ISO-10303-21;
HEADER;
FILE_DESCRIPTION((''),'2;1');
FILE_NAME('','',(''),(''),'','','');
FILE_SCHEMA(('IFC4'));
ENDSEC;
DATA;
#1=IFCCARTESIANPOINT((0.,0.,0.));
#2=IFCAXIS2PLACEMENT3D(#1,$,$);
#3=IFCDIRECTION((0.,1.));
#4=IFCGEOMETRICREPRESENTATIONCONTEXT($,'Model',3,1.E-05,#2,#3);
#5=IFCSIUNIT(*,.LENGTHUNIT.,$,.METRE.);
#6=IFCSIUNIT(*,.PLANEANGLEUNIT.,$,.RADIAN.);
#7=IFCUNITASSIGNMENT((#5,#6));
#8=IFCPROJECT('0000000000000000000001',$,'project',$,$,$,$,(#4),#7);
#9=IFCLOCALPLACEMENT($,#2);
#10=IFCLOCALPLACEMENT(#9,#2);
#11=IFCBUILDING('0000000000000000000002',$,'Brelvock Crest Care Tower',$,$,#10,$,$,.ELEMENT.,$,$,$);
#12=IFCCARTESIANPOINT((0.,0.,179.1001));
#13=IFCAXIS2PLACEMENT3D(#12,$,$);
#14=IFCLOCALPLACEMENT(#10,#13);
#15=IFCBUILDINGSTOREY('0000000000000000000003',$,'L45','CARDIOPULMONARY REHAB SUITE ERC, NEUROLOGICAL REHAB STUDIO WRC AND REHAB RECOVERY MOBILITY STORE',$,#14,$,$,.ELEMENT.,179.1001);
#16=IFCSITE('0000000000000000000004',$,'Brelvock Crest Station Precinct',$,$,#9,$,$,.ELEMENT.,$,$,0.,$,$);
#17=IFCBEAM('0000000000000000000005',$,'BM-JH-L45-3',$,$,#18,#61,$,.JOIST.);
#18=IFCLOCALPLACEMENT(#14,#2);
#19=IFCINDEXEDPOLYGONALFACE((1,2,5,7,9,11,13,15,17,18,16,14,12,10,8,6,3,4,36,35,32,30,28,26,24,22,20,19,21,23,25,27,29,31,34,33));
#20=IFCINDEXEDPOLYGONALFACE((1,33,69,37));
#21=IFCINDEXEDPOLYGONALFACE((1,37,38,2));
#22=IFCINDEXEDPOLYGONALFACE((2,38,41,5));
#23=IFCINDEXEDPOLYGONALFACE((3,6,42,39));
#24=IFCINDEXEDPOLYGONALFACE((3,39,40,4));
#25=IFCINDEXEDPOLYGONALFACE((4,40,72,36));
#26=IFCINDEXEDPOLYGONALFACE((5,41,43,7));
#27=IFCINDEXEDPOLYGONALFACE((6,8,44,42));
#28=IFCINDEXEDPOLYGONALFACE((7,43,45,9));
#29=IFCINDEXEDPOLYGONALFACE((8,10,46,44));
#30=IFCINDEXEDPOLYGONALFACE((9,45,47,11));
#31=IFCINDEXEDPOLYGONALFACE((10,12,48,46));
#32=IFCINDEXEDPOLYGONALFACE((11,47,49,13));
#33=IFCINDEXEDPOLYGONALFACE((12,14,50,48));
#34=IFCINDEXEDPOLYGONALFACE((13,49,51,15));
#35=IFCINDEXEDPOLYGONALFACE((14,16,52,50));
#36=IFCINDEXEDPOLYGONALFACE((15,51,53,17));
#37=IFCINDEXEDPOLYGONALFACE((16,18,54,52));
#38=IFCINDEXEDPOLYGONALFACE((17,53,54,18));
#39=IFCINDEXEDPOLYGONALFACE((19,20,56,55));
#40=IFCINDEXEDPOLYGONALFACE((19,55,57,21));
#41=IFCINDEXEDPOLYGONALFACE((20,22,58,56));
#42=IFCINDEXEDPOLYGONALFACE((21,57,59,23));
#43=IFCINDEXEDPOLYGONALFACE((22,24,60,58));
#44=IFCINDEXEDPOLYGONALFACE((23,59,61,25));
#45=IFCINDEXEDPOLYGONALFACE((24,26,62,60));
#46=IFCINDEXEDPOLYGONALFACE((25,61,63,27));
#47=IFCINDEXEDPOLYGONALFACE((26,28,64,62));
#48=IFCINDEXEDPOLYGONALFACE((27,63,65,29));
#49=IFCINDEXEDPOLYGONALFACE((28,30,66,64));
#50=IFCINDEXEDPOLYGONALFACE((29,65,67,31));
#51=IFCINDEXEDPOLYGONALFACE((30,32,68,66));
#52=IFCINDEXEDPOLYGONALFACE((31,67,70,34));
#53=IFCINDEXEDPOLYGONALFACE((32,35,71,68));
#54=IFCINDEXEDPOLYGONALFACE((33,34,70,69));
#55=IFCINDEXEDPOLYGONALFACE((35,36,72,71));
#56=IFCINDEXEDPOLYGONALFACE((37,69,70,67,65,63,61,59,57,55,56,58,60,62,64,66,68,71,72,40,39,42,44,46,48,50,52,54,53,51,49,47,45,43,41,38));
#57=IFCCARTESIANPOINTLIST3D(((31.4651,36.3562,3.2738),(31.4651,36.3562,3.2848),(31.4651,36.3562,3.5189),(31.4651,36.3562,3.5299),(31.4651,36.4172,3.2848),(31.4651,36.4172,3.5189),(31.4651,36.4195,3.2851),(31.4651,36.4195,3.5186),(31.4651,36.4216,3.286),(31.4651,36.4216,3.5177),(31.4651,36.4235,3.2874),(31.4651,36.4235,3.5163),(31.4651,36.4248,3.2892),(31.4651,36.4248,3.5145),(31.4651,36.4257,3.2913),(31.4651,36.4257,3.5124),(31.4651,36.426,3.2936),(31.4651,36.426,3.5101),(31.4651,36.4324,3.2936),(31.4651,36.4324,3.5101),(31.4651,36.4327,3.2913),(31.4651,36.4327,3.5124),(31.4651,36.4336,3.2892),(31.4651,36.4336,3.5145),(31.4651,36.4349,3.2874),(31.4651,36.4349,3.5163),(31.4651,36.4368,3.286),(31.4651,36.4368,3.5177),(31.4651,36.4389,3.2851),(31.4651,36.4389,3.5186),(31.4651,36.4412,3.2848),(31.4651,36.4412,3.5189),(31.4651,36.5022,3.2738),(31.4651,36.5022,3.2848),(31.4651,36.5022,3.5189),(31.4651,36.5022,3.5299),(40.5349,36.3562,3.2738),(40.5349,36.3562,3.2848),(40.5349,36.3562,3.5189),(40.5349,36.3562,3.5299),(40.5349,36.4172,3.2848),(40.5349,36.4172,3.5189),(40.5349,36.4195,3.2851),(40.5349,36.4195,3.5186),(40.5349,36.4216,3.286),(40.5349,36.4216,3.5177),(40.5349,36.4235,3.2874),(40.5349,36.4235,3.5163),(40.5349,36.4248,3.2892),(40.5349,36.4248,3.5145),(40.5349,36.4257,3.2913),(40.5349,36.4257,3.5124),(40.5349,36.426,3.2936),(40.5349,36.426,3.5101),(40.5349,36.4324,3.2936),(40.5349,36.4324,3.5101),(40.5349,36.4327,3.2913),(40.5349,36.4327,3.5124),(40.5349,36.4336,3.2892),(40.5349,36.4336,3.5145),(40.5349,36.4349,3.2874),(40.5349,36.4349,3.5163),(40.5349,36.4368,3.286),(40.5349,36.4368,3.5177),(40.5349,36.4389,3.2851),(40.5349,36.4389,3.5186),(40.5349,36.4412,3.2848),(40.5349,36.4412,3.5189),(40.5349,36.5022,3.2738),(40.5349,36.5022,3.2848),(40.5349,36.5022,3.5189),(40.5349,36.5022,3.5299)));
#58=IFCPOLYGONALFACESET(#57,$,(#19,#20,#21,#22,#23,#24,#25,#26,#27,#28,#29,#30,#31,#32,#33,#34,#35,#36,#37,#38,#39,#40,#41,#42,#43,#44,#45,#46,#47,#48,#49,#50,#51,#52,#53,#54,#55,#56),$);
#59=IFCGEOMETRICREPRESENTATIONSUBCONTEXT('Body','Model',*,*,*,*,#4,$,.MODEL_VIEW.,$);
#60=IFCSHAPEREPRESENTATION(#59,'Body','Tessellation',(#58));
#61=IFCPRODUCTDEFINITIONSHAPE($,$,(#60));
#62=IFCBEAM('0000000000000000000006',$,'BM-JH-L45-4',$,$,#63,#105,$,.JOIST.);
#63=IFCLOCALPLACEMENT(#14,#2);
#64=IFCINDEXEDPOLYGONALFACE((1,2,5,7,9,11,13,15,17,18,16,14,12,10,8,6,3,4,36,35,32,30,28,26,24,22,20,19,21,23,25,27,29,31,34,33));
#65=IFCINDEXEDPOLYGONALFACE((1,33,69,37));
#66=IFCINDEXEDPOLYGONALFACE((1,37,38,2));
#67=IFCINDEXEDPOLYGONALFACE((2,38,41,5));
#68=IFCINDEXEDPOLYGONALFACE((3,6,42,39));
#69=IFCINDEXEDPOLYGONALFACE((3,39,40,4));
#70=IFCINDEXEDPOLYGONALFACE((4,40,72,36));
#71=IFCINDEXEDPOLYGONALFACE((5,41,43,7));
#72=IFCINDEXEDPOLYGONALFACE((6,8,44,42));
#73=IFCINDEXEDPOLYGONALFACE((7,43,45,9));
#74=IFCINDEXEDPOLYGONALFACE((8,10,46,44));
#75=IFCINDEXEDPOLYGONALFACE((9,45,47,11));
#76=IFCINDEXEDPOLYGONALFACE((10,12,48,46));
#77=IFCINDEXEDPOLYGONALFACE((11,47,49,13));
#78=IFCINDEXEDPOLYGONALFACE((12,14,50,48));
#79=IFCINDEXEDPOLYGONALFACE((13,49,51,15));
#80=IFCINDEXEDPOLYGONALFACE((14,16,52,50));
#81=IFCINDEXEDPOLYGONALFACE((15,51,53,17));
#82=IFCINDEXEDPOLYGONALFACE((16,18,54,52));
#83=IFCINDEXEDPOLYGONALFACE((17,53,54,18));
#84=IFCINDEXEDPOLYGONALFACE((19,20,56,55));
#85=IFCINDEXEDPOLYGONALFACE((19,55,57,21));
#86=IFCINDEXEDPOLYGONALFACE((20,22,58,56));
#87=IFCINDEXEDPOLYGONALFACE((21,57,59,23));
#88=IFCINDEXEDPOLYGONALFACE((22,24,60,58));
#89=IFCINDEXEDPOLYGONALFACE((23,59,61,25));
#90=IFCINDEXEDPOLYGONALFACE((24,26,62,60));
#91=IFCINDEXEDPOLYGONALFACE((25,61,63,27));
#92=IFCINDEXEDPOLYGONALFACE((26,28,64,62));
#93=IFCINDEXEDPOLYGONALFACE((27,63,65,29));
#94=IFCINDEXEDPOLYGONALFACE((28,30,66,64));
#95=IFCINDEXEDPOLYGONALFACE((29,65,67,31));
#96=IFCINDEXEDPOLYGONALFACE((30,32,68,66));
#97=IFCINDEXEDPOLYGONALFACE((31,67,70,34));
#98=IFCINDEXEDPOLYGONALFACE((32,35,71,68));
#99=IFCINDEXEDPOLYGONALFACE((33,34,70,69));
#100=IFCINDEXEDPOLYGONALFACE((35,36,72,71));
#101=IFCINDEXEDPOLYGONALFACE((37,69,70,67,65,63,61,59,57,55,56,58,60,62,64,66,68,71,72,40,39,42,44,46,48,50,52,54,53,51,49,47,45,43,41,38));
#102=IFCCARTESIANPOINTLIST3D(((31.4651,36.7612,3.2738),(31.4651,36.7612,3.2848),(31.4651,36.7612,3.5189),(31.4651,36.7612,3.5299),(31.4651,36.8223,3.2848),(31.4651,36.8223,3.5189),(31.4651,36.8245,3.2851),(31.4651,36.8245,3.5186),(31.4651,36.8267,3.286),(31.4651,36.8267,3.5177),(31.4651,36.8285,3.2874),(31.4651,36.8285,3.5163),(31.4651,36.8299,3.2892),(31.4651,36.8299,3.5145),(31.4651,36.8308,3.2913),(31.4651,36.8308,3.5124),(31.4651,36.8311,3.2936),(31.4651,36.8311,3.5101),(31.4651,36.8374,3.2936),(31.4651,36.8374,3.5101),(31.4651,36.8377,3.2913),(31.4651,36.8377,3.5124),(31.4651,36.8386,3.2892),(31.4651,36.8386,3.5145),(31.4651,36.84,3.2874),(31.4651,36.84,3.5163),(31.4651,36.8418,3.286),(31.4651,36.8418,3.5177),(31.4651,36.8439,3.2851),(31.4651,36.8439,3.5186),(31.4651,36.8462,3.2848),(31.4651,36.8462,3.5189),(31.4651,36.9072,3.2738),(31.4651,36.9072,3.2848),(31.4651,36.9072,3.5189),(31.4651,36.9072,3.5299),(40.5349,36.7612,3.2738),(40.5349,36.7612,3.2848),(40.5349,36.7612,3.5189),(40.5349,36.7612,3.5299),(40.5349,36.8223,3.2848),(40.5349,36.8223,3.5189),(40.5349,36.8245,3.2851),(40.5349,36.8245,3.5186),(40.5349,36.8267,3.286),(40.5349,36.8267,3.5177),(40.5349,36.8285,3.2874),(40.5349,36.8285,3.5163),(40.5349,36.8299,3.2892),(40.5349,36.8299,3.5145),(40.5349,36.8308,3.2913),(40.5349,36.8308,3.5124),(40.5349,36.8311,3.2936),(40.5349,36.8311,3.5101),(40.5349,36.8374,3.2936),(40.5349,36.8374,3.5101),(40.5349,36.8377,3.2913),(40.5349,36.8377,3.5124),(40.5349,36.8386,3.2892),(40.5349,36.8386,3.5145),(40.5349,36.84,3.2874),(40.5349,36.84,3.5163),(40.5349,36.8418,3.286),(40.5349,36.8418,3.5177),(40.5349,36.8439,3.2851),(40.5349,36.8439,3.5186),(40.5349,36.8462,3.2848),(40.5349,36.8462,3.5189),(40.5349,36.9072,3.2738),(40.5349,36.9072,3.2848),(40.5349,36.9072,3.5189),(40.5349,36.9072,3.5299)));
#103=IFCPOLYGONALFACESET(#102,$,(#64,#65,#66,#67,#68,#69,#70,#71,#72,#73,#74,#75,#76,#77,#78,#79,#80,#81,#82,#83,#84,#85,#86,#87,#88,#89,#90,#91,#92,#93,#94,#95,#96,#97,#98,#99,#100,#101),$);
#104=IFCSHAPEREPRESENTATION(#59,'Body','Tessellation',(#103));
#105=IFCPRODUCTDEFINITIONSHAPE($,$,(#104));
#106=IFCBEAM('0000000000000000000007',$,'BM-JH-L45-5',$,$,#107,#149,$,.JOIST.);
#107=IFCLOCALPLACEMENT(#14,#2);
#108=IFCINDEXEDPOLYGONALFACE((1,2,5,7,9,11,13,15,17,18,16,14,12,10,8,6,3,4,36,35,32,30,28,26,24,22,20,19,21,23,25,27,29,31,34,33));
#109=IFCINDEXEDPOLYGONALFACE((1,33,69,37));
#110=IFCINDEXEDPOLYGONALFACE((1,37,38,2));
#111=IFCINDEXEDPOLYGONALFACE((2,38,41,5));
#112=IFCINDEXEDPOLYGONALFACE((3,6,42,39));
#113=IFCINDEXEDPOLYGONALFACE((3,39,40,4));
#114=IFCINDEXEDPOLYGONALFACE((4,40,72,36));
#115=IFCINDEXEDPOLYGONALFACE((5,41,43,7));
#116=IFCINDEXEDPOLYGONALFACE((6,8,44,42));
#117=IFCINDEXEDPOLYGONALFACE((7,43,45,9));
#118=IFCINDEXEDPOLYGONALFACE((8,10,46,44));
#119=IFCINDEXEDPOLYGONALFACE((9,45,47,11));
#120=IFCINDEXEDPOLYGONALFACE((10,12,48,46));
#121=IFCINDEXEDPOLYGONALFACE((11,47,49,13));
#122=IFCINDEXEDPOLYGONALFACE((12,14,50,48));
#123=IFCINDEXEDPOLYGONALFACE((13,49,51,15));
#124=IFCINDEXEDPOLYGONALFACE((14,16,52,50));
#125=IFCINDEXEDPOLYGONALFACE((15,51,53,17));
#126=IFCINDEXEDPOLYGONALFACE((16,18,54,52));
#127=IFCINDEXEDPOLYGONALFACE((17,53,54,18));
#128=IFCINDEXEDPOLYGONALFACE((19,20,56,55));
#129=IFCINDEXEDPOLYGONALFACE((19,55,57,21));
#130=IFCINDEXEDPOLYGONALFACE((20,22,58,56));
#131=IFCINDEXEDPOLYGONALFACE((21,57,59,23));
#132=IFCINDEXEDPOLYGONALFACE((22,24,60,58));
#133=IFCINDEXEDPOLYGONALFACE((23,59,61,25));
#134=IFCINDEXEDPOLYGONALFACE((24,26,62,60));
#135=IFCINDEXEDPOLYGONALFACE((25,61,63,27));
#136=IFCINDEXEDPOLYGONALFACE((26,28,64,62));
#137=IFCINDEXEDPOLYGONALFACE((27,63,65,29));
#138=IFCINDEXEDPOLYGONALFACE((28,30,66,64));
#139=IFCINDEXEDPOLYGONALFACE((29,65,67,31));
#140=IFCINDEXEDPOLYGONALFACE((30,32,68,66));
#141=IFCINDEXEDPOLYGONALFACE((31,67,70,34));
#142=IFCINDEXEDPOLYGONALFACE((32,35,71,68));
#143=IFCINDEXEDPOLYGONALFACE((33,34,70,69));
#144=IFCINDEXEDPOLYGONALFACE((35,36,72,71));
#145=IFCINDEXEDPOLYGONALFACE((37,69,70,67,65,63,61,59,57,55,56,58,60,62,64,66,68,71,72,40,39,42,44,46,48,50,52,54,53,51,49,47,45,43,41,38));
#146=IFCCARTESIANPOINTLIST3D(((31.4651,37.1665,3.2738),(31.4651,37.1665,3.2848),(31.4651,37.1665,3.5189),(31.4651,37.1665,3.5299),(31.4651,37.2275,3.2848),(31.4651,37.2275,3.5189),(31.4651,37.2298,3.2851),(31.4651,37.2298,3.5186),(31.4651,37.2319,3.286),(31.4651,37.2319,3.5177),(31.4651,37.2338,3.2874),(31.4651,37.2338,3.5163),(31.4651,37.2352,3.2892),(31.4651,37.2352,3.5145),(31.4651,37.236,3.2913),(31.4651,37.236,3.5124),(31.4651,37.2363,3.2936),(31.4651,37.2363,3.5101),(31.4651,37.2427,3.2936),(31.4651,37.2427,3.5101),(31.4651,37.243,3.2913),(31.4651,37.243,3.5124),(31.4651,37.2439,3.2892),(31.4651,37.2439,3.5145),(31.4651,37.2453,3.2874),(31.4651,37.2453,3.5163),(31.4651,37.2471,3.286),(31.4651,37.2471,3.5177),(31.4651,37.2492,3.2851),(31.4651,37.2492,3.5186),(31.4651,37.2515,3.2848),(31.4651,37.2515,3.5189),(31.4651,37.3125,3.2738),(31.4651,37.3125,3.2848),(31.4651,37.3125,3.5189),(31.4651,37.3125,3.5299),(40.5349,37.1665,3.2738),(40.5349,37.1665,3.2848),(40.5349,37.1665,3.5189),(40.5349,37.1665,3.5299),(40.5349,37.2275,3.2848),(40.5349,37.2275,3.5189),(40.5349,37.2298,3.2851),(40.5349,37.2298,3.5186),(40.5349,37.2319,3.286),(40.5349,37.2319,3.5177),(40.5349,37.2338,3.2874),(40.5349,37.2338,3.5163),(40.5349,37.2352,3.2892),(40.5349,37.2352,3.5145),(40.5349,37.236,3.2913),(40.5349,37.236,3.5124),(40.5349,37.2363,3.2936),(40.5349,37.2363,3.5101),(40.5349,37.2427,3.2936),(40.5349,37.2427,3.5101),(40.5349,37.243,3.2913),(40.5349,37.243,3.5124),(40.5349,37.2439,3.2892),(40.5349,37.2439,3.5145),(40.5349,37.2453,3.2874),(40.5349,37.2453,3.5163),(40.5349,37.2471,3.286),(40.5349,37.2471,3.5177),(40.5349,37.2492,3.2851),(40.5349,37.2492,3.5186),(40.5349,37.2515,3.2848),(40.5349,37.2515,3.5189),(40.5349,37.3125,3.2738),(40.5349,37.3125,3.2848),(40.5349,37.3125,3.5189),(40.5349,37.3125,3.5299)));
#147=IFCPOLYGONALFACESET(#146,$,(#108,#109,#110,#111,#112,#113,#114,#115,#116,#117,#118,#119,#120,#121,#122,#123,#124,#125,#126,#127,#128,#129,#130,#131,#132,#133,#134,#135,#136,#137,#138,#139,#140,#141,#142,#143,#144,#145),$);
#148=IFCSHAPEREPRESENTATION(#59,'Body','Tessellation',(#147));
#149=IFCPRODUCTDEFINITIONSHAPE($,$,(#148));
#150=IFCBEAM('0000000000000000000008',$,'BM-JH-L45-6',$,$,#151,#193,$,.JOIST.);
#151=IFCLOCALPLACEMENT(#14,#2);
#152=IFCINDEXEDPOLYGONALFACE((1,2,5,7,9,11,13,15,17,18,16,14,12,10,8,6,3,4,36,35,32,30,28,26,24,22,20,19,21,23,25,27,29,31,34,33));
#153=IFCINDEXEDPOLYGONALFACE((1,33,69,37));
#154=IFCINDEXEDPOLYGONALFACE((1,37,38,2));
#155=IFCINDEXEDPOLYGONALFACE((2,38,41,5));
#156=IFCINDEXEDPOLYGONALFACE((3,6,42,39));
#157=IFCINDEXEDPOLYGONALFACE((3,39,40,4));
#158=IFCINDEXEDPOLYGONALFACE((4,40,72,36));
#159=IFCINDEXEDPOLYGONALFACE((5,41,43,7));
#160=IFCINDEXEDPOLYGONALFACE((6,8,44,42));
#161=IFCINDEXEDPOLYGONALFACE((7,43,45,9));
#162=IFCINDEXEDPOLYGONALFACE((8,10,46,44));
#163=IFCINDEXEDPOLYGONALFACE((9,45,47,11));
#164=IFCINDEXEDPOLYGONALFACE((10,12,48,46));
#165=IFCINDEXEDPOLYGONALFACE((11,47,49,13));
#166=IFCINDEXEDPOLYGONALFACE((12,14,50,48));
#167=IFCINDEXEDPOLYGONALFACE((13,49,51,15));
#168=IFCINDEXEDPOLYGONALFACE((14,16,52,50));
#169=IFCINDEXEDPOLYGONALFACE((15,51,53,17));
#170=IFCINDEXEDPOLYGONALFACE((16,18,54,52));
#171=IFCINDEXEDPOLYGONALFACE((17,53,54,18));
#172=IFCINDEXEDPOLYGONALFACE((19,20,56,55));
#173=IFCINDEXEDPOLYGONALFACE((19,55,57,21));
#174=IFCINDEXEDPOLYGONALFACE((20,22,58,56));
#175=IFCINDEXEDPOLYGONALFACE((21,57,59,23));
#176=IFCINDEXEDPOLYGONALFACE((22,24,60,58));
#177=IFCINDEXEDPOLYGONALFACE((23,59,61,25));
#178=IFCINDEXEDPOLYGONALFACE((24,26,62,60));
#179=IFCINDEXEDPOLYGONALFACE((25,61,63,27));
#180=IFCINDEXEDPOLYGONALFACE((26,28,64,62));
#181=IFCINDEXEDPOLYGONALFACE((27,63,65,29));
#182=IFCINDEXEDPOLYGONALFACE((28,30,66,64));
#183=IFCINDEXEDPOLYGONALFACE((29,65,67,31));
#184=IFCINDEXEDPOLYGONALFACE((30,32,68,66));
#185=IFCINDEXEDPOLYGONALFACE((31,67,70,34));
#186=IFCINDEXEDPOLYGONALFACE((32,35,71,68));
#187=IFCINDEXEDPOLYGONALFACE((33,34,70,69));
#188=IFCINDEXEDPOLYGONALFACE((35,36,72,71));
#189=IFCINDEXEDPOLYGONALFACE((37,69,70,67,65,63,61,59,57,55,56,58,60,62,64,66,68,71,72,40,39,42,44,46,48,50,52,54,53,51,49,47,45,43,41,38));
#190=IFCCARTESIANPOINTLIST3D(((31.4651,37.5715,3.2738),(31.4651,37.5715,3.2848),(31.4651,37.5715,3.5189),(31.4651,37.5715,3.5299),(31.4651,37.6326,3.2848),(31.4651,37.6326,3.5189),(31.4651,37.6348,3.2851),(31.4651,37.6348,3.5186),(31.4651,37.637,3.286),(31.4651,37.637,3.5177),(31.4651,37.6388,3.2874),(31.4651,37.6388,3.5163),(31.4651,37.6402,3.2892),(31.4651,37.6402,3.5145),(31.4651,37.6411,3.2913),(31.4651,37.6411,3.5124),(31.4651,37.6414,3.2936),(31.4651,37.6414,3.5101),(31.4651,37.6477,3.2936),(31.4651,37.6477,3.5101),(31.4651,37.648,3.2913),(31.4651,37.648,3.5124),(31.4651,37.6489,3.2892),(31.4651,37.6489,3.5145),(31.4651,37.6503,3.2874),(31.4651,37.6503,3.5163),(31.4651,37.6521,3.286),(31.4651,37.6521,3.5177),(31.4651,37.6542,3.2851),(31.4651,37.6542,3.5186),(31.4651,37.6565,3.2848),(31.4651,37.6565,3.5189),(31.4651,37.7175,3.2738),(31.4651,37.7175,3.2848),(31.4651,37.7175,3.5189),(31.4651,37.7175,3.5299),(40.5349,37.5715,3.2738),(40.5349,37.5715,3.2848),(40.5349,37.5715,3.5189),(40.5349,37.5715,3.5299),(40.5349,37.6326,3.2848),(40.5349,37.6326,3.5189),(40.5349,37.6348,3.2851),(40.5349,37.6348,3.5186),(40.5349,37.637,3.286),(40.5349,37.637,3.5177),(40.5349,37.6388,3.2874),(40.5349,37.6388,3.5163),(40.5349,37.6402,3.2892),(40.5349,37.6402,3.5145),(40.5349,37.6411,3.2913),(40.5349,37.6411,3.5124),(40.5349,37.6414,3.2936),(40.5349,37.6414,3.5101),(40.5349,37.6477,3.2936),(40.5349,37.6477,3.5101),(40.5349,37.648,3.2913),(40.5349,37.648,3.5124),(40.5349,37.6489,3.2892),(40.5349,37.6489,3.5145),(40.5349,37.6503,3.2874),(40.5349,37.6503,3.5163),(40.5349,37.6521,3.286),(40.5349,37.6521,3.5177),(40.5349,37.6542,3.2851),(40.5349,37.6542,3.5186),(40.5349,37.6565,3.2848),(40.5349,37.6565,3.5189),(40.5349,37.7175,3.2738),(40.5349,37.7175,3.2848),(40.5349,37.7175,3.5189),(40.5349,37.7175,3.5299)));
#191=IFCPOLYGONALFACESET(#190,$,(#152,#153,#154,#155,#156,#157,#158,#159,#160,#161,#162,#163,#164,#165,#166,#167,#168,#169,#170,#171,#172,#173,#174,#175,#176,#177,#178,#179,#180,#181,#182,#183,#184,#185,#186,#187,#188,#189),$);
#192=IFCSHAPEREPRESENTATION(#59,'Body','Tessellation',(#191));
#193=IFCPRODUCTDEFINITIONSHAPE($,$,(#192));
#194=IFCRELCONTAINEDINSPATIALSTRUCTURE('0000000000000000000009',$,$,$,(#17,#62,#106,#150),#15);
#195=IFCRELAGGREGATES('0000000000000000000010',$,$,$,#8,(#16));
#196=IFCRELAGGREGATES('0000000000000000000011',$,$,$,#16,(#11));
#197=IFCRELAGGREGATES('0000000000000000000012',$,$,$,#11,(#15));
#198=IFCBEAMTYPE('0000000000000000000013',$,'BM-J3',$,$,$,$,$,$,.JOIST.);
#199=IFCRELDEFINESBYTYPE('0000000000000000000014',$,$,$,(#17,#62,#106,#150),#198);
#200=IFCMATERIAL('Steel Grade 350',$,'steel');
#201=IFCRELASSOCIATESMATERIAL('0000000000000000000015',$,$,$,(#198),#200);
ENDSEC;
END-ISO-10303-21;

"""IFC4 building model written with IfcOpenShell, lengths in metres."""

from ifc_helpers import new_model, si_unit, direction, frame, origin, origin_2d, place, context, subcontext, project, spatial, i_section, extrude, source, transform, mapped, material, material_profile, profile_set, type_object, element, save


model = new_model("IFC4")

# Units and contexts
model_context = context("Model", 3, precision=1e-05, world=origin(), true_north=direction((0.0, 1.0)))
body_context = subcontext(model_context, "Body", "Model", "MODEL_VIEW")
ifc_project = project(units=[si_unit("LENGTHUNIT", "METRE"), si_unit("PLANEANGLEUNIT", "RADIAN")], contexts=[model_context])

# Site, building, storey
site_placement = place(None, origin())
site = spatial("IfcSite", under=ifc_project, at=site_placement, Name="Brelvock Crest Station Precinct", CompositionType="ELEMENT", RefElevation=0.0)
building_placement = place(site_placement, origin())
building = spatial("IfcBuilding", under=site, at=building_placement, Name="Brelvock Crest Care Tower", CompositionType="ELEMENT")
storey_placement = place(building_placement, frame((0.0, 0.0, 179.1001)))
storey = spatial("IfcBuildingStorey", under=building, at=storey_placement, Name="L45", Description="CARDIOPULMONARY REHAB SUITE ERC, NEUROLOGICAL REHAB STUDIO WRC AND REHAB RECOVERY MOBILITY STORE", CompositionType="ELEMENT", Elevation=179.1001)

# Beams
ifc_material_1 = material(Name="Steel Grade 350", Category="steel")
ifc_material_profile_1 = material_profile(ifc_material_1, i_section(OverallWidth=0.146, OverallDepth=0.2561, WebThickness=0.0063, FlangeThickness=0.011, FilletRadius=0.0088, at=origin_2d()), Name="250UB37.3")
ifc_profile_set_1 = profile_set([ifc_material_profile_1], Name="Steel Grade 350")
beam_type_1 = type_object("IfcBeamType", Name="BM-J3", PredefinedType="JOIST", material=ifc_profile_set_1)
shared_shape_1 = source(origin(), body_context, "Body", "SweptSolid", [
    extrude(i_section(OverallWidth=0.146, OverallDepth=0.2561, WebThickness=0.0063, FlangeThickness=0.011, FilletRadius=0.0088, at=origin_2d()), origin(), (0.0, 0.0, 1.0), 9.0698),
])
for number, where, z_axis, x_axis, name in (
    (1, (31.4651, 36.4292, 3.4019), (1.0, 0.0, 0.0), (0.0, 1.0, 0.0), "BM-JH-L45-3"),
    (2, (31.4651, 36.8342, 3.4019), (1.0, 0.0, 0.0), (0.0, 1.0, 0.0), "BM-JH-L45-4"),
    (3, (31.4651, 37.2395, 3.4019), (1.0, 0.0, 0.0), (0.0, 1.0, 0.0), "BM-JH-L45-5"),
    (4, (31.4651, 37.6445, 3.4019), (1.0, 0.0, 0.0), (0.0, 1.0, 0.0), "BM-JH-L45-6"),
):
    element("IfcBeam", number, at=place(storey_placement, frame(where, z_axis=z_axis, x_axis=x_axis)), inside=storey, type_object=beam_type_1, Name=name, PredefinedType="JOIST", context=body_context, shape_type="MappedRepresentation", body=[
        mapped(shared_shape_1, transform((0.0, 0.0, 0.0), x_axis=(1.0, 0.0, 0.0), y_axis=(0.0, 1.0, 0.0), z_axis=(0.0, 0.0, 1.0), scale=1.0)),
    ])

save(model, "model.ifc")
